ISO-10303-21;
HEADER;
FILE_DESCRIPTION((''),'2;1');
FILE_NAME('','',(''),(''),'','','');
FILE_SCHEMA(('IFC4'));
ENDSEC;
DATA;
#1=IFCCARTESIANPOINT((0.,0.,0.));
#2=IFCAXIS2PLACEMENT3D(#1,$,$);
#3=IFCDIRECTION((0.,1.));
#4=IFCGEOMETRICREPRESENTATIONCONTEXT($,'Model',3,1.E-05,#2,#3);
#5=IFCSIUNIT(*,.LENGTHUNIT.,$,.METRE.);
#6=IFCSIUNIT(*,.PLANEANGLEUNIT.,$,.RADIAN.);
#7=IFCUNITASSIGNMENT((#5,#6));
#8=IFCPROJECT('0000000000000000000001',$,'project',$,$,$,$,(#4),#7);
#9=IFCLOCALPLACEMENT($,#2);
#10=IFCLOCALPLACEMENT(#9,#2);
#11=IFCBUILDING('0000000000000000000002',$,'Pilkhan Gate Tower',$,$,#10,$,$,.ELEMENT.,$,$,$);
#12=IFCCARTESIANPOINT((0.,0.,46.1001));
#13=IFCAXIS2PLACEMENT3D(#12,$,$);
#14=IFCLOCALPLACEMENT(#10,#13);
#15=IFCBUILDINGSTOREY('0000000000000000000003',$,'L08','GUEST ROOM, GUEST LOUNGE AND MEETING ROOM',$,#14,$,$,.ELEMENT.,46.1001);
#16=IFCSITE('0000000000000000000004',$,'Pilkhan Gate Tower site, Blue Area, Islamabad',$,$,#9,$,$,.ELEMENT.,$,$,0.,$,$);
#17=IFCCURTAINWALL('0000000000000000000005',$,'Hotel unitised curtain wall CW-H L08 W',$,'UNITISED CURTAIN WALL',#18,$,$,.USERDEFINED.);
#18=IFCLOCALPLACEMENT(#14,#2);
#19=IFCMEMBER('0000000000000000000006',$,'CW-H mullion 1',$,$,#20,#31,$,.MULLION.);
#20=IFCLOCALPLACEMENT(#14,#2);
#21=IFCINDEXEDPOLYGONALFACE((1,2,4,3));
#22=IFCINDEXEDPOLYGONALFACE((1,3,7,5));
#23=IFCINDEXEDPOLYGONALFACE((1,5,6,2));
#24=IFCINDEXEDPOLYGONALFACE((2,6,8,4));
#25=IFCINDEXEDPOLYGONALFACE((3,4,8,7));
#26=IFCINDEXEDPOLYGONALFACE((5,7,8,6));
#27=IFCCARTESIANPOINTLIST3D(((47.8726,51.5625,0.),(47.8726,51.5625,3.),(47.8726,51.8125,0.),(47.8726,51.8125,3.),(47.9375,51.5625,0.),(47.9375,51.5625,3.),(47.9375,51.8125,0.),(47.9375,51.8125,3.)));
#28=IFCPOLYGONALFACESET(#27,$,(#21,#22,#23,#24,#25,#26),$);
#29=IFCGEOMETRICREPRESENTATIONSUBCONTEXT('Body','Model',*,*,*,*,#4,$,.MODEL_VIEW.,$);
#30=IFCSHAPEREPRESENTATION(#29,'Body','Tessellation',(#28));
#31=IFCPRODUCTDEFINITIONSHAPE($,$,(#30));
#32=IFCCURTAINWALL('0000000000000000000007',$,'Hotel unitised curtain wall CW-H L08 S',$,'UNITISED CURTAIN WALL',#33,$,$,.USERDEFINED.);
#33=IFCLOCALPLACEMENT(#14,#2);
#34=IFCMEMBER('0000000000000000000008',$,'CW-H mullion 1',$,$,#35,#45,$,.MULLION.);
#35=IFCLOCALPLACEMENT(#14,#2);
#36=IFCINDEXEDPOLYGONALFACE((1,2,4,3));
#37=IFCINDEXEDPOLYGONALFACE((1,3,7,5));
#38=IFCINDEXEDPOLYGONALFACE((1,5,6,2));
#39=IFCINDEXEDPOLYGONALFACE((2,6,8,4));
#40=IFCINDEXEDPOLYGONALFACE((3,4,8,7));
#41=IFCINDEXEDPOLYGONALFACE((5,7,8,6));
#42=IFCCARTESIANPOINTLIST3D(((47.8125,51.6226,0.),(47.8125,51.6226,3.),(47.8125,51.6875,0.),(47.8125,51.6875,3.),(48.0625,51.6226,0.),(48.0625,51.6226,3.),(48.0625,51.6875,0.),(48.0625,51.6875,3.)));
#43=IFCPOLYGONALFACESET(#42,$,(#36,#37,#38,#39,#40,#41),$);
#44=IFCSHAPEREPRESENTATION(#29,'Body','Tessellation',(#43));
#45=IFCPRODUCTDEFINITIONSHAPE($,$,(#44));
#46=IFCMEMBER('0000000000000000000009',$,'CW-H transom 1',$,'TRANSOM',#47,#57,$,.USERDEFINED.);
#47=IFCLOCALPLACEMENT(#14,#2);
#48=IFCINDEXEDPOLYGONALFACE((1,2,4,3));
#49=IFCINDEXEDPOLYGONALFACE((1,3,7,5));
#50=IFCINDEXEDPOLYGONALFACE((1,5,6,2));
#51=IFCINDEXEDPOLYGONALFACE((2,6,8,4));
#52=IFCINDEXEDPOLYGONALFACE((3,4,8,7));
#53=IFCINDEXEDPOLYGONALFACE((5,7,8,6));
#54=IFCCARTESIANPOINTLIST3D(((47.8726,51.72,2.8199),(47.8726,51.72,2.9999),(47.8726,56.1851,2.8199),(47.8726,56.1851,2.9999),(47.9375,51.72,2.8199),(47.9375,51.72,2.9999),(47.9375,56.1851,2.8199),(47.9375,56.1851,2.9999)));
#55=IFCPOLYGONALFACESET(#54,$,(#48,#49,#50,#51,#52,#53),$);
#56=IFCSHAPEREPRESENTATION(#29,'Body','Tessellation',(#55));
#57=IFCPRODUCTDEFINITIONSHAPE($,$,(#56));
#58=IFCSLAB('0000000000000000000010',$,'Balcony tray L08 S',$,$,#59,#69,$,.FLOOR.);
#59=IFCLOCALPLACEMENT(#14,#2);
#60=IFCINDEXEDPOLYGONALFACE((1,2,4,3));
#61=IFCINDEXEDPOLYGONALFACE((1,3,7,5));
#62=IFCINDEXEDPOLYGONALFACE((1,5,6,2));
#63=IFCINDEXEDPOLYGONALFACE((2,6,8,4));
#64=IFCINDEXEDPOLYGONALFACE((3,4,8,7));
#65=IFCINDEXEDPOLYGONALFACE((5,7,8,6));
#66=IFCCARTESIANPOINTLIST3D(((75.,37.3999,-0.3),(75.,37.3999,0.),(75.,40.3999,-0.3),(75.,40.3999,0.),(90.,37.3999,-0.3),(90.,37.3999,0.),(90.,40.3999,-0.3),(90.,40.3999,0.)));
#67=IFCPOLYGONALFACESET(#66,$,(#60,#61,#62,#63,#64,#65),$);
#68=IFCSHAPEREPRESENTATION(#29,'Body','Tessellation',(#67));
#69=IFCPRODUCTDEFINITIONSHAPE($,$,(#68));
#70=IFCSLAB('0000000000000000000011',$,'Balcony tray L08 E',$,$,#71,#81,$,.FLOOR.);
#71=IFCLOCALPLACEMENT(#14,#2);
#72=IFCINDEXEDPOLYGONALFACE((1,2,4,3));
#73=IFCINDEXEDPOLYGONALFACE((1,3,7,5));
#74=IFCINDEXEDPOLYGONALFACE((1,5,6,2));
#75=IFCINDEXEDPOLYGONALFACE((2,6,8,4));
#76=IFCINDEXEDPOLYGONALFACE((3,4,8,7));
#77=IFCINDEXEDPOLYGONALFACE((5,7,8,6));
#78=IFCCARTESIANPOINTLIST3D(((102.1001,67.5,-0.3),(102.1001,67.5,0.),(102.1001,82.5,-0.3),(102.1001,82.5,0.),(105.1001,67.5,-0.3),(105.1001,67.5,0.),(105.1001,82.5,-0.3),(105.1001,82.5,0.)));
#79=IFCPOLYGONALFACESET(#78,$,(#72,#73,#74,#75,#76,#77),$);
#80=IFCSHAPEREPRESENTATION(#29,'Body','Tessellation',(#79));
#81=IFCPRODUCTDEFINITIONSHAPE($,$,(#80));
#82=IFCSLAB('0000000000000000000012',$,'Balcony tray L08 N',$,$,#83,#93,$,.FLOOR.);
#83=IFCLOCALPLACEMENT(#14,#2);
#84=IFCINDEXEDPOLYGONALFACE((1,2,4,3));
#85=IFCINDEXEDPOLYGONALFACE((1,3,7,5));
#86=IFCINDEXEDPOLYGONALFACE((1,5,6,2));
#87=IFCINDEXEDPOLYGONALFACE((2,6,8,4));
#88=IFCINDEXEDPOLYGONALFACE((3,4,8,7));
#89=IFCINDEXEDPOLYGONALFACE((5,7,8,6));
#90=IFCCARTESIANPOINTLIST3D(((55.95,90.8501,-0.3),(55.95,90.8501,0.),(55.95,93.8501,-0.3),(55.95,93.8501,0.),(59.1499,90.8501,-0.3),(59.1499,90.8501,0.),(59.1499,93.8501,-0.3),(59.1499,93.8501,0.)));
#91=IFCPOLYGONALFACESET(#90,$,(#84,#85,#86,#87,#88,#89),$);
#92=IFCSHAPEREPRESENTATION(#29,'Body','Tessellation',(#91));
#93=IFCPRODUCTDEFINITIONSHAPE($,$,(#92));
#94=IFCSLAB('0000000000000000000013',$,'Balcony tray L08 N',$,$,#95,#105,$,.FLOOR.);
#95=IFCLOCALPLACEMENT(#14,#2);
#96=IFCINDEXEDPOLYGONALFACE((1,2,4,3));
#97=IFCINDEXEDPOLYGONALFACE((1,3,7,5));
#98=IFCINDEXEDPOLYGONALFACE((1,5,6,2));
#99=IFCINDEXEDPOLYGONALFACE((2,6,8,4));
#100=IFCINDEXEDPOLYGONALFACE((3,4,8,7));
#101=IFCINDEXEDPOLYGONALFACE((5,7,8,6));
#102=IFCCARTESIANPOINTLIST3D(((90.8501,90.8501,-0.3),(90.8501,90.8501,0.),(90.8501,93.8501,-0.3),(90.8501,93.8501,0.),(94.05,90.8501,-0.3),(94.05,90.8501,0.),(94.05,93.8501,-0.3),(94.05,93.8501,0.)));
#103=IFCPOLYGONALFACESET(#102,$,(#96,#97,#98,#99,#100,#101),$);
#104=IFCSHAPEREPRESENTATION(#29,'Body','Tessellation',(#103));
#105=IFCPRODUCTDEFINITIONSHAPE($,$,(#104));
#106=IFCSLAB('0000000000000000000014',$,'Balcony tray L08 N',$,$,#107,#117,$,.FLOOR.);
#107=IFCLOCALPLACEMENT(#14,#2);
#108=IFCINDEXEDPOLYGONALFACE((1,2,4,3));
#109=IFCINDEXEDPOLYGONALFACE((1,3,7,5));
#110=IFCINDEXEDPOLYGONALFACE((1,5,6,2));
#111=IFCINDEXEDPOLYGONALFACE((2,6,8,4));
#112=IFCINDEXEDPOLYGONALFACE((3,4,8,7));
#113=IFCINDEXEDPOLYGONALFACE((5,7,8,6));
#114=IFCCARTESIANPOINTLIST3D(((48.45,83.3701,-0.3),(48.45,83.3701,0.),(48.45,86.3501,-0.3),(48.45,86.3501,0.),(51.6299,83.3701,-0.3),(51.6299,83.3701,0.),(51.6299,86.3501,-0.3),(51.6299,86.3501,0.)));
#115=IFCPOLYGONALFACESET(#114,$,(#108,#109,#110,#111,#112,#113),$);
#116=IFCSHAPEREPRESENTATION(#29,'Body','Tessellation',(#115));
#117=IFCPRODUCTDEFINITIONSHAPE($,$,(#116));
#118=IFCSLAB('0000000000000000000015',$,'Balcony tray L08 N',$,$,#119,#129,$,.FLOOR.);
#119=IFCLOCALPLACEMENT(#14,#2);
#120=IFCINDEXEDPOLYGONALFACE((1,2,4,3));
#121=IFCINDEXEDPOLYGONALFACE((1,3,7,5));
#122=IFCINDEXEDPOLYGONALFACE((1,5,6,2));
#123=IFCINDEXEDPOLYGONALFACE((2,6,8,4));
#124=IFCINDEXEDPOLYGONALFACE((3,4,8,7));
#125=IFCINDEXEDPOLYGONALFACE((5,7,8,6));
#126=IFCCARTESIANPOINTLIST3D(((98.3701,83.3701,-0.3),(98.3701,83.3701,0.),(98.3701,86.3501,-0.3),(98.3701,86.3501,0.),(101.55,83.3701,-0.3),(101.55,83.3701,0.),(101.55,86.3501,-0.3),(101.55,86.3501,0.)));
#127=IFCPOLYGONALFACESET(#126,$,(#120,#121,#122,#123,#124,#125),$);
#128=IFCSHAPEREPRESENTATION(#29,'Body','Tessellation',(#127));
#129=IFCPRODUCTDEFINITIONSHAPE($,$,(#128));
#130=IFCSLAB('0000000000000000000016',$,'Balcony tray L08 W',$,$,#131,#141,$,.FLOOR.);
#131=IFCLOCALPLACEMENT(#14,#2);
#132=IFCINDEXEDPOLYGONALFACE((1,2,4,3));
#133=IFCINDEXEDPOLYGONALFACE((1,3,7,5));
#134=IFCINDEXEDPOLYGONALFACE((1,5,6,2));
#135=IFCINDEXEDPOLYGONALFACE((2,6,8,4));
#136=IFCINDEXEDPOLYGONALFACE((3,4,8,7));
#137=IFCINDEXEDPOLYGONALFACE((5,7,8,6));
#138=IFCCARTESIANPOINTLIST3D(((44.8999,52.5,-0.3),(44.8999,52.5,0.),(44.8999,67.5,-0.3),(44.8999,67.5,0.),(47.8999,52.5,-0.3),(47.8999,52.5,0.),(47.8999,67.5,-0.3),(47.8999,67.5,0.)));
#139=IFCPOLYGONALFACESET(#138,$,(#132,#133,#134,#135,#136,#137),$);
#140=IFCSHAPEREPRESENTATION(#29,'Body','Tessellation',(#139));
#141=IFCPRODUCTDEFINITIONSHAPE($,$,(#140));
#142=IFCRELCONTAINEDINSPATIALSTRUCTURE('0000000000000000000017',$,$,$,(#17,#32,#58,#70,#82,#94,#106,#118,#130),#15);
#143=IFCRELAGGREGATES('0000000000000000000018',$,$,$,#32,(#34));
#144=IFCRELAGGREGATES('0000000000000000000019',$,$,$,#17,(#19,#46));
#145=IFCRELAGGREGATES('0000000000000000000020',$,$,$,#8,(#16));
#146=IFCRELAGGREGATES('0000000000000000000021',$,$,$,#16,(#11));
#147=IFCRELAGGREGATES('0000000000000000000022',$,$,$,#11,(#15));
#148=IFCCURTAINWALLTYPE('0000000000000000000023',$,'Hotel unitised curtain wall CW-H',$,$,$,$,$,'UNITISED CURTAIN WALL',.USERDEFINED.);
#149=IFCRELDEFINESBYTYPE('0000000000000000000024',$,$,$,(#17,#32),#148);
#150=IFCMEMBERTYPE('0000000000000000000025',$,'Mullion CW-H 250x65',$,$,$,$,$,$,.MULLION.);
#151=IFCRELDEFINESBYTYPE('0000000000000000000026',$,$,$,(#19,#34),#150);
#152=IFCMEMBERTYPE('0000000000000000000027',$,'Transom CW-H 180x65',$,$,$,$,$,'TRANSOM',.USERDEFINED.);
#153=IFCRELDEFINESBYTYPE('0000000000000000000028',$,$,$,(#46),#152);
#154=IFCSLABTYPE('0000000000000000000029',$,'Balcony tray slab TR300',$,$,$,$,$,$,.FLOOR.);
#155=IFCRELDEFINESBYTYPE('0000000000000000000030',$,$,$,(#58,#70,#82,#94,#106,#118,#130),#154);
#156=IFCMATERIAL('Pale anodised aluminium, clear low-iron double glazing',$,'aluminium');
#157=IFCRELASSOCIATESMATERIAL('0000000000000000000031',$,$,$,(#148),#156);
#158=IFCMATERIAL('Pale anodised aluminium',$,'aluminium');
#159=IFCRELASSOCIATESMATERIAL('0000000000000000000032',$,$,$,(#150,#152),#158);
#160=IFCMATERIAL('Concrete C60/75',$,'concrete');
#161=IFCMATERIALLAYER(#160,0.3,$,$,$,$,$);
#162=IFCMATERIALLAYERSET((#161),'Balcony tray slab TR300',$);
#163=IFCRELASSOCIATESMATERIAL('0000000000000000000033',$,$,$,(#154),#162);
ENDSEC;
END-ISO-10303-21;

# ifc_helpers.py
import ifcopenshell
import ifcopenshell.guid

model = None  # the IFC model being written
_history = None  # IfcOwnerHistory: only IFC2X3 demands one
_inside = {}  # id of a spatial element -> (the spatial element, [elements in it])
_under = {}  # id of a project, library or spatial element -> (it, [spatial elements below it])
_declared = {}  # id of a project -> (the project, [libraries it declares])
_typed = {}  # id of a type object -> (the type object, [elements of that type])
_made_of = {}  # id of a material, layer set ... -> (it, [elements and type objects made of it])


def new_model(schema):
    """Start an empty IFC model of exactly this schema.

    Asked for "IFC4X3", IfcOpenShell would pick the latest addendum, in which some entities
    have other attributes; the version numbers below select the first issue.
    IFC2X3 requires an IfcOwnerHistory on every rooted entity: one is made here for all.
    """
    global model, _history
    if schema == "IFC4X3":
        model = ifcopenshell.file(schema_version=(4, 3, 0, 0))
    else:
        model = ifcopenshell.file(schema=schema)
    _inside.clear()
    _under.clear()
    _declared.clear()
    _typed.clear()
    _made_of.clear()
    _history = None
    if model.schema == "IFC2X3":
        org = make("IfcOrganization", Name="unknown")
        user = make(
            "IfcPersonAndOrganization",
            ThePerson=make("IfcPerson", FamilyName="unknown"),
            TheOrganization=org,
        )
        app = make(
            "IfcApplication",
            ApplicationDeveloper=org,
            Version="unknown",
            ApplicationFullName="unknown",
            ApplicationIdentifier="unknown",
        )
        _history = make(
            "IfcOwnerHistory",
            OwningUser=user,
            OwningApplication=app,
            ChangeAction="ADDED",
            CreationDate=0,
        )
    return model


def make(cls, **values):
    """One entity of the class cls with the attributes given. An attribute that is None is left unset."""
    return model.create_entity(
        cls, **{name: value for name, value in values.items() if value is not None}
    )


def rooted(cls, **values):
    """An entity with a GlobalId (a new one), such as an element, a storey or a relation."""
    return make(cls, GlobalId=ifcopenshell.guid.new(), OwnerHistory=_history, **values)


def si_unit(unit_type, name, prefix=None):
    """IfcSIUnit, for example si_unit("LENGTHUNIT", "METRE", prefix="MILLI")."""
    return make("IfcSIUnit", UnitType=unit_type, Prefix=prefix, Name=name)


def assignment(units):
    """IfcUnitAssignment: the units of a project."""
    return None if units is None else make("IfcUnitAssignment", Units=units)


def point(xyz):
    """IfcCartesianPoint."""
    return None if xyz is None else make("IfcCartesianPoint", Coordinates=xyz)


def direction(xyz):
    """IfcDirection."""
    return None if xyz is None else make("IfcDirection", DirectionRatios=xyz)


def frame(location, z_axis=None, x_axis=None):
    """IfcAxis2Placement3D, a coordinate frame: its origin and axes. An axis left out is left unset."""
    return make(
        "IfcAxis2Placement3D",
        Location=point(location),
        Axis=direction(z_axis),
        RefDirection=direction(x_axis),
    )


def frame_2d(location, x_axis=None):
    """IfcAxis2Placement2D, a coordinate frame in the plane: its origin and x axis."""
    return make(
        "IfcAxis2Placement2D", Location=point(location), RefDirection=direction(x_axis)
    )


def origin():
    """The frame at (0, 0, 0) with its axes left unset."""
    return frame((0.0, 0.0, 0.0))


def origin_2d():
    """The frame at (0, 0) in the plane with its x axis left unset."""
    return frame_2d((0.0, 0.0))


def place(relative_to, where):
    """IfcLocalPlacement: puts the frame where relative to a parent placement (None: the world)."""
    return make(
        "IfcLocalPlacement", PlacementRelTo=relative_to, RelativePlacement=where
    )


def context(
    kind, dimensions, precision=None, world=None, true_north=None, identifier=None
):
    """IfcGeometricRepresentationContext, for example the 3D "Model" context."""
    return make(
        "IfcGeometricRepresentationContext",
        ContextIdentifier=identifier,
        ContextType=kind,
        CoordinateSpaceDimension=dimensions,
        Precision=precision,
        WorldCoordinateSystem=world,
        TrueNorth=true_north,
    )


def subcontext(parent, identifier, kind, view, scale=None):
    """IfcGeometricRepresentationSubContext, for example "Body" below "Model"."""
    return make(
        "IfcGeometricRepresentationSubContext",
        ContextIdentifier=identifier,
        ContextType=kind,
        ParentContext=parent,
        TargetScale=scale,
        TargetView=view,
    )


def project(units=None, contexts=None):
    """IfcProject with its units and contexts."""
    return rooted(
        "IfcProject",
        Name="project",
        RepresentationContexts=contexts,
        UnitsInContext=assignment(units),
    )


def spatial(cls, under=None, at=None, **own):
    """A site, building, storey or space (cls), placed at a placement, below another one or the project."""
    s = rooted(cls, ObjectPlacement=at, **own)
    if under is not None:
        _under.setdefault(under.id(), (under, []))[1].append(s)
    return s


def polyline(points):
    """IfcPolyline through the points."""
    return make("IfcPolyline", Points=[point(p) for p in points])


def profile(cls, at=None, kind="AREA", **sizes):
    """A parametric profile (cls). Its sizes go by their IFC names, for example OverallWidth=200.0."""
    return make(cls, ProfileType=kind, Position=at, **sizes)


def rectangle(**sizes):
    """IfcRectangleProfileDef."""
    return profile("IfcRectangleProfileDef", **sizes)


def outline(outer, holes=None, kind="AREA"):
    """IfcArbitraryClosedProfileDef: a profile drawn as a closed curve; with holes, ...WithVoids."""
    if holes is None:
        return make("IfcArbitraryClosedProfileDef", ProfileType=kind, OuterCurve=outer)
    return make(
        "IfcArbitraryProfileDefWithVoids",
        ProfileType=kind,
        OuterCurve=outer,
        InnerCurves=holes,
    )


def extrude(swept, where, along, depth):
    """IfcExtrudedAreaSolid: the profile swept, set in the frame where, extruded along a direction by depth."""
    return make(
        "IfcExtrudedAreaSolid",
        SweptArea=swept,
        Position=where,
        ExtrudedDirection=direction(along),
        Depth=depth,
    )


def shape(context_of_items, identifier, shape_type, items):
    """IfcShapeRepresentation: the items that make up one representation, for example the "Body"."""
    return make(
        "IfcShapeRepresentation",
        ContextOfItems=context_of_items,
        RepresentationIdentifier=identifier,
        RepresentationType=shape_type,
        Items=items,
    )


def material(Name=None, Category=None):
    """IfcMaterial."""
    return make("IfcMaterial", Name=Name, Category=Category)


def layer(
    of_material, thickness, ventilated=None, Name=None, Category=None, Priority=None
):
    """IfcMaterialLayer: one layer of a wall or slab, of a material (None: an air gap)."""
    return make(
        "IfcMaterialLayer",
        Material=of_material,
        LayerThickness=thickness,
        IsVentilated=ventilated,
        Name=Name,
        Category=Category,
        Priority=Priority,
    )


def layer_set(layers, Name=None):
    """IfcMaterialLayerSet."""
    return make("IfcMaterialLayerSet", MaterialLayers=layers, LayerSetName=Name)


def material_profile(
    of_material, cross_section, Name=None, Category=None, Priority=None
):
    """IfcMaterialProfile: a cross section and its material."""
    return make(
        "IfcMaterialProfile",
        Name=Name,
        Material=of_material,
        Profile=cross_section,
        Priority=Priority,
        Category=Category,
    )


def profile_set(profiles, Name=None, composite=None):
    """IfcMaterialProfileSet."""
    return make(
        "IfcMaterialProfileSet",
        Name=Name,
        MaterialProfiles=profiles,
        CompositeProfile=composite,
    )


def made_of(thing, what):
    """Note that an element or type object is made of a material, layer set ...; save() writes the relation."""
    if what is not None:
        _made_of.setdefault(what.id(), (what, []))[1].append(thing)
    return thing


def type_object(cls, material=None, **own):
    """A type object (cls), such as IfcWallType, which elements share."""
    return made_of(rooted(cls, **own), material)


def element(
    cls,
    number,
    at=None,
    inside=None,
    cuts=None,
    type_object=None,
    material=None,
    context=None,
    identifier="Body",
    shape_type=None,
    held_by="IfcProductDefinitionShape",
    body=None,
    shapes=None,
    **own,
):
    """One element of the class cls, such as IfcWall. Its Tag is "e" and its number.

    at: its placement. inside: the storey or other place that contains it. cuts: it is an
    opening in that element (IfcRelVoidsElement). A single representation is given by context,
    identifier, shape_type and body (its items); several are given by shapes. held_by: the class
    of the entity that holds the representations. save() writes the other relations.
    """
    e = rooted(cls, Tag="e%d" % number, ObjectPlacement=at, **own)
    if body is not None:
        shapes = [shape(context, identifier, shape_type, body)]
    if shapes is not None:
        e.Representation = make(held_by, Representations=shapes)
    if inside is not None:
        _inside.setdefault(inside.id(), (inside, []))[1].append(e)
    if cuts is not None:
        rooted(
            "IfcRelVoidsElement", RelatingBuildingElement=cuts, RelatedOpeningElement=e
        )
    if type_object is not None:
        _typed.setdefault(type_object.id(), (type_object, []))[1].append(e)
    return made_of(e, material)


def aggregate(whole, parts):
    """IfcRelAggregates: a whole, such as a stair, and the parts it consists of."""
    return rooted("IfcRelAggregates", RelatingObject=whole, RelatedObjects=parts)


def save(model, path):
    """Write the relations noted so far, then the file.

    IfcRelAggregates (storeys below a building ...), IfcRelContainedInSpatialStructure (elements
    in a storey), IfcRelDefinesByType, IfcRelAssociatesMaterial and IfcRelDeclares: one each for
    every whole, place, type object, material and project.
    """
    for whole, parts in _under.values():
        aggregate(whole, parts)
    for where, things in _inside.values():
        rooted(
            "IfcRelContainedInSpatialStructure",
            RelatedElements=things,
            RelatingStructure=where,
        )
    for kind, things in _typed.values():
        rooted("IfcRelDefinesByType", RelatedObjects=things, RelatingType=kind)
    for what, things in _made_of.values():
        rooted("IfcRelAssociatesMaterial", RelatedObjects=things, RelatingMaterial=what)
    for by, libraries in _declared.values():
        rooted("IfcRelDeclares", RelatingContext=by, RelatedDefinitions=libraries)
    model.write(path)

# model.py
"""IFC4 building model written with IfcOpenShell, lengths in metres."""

from ifc_helpers import new_model, si_unit, direction, frame, origin, origin_2d, place, context, subcontext, project, spatial, polyline, rectangle, outline, extrude, material, layer, layer_set, material_profile, profile_set, type_object, element, aggregate, save


model = new_model("IFC4")

# Units and contexts
model_context = context("Model", 3, precision=1e-05, world=origin(), true_north=direction((0.0, 1.0)))
body_context = subcontext(model_context, "Body", "Model", "MODEL_VIEW")
ifc_project = project(units=[si_unit("LENGTHUNIT", "METRE"), si_unit("PLANEANGLEUNIT", "RADIAN")], contexts=[model_context])

# Site, building, storey
site_placement = place(None, origin())
site = spatial("IfcSite", under=ifc_project, at=site_placement, Name="Pilkhan Gate Tower site, Blue Area, Islamabad", CompositionType="ELEMENT", RefElevation=0.0)
building_placement = place(site_placement, origin())
building = spatial("IfcBuilding", under=site, at=building_placement, Name="Pilkhan Gate Tower", CompositionType="ELEMENT")
storey_placement = place(building_placement, frame((0.0, 0.0, 46.1001)))
storey = spatial("IfcBuildingStorey", under=building, at=storey_placement, Name="L08", Description="GUEST ROOM, GUEST LOUNGE AND MEETING ROOM", CompositionType="ELEMENT", Elevation=46.1001)

# Curtain walls, members
ifc_material_1 = material(Name="Pale anodised aluminium, clear low-iron double glazing", Category="aluminium")
curtain_wall_type = type_object("IfcCurtainWallType", Name="Hotel unitised curtain wall CW-H", ElementType="UNITISED CURTAIN WALL", PredefinedType="USERDEFINED", material=ifc_material_1)
curtain_wall_1_placement = place(storey_placement, origin())
curtain_wall_1 = element("IfcCurtainWall", 1, at=curtain_wall_1_placement, inside=storey, type_object=curtain_wall_type, Name="Hotel unitised curtain wall CW-H L08 W", ObjectType="UNITISED CURTAIN WALL", PredefinedType="USERDEFINED")
ifc_material_2 = material(Name="Pale anodised aluminium", Category="aluminium")
ifc_material_profile_1 = material_profile(ifc_material_2, rectangle(XDim=0.0649, YDim=0.25, at=origin_2d()), Name="Mullion 250x65")
ifc_profile_set_1 = profile_set([ifc_material_profile_1], Name="Pale anodised aluminium")
member_type_1 = type_object("IfcMemberType", Name="Mullion CW-H 250x65", PredefinedType="MULLION", material=ifc_profile_set_1)
member_1_placement = place(storey_placement, frame((47.905, 51.6875, 0.0), z_axis=(0.0, 0.0, 1.0), x_axis=(-1.0, 0.0, 0.0)))
member_1 = element("IfcMember", 2, at=member_1_placement, type_object=member_type_1, Name="CW-H mullion 1", PredefinedType="MULLION", context=body_context, shape_type="SweptSolid", body=[
    extrude(rectangle(XDim=0.0649, YDim=0.25, at=origin_2d()), origin(), (0.0, 0.0, 1.0), 3.0),
])
curtain_wall_2_placement = place(storey_placement, origin())
curtain_wall_2 = element("IfcCurtainWall", 3, at=curtain_wall_2_placement, inside=storey, type_object=curtain_wall_type, Name="Hotel unitised curtain wall CW-H L08 S", ObjectType="UNITISED CURTAIN WALL", PredefinedType="USERDEFINED")
member_2_placement = place(storey_placement, frame((47.9375, 51.655, 0.0), z_axis=(0.0, 0.0, 1.0), x_axis=(0.0, 1.0, 0.0)))
member_2 = element("IfcMember", 4, at=member_2_placement, type_object=member_type_1, Name="CW-H mullion 1", PredefinedType="MULLION", context=body_context, shape_type="SweptSolid", body=[
    extrude(rectangle(XDim=0.0649, YDim=0.25, at=origin_2d()), origin(), (0.0, 0.0, 1.0), 3.0),
])
aggregate(curtain_wall_2, [member_2])

# Member
ifc_material_profile_2 = material_profile(ifc_material_2, rectangle(XDim=0.0649, YDim=0.1799, at=origin_2d()), Name="Transom 180x65")
ifc_profile_set_2 = profile_set([ifc_material_profile_2], Name="Pale anodised aluminium")
member_type_2 = type_object("IfcMemberType", Name="Transom CW-H 180x65", ElementType="TRANSOM", PredefinedType="USERDEFINED", material=ifc_profile_set_2)
member_3_placement = place(storey_placement, frame((47.905, 51.72, 2.9099), z_axis=(0.0, 1.0, 0.0), x_axis=(-1.0, 0.0, 0.0)))
member_3 = element("IfcMember", 5, at=member_3_placement, type_object=member_type_2, Name="CW-H transom 1", ObjectType="TRANSOM", PredefinedType="USERDEFINED", context=body_context, shape_type="SweptSolid", body=[
    extrude(rectangle(XDim=0.0649, YDim=0.1799, at=origin_2d()), origin(), (0.0, 0.0, 1.0), 4.4651),
])
aggregate(curtain_wall_1, [member_1, member_3])

# Slabs
ifc_material_3 = material(Name="Concrete C60/75", Category="concrete")
ifc_layer_1 = layer(ifc_material_3, 0.3)
ifc_layer_set_1 = layer_set([ifc_layer_1], Name="Balcony tray slab TR300")
slab_type_1 = type_object("IfcSlabType", Name="Balcony tray slab TR300", PredefinedType="FLOOR", material=ifc_layer_set_1)
slab_1_placement = place(storey_placement, frame((0.0, 0.0, -0.3)))
element("IfcSlab", 6, at=slab_1_placement, inside=storey, type_object=slab_type_1, Name="Balcony tray L08 S", PredefinedType="FLOOR", context=body_context, shape_type="SweptSolid", body=[
    extrude(outline(polyline([(90.0, 37.3999), (90.0, 40.3999), (75.0, 40.3999), (75.0, 37.3999), (90.0, 37.3999)])), origin(), (0.0, 0.0, 1.0), 0.3),
])
slab_2_placement = place(storey_placement, frame((0.0, 0.0, -0.3)))
element("IfcSlab", 7, at=slab_2_placement, inside=storey, type_object=slab_type_1, Name="Balcony tray L08 E", PredefinedType="FLOOR", context=body_context, shape_type="SweptSolid", body=[
    extrude(outline(polyline([(105.1001, 67.5), (105.1001, 82.5), (102.1001, 82.5), (102.1001, 67.5), (105.1001, 67.5)])), origin(), (0.0, 0.0, 1.0), 0.3),
])
slab_3_placement = place(storey_placement, frame((0.0, 0.0, -0.3)))
element("IfcSlab", 8, at=slab_3_placement, inside=storey, type_object=slab_type_1, Name="Balcony tray L08 N", PredefinedType="FLOOR", context=body_context, shape_type="SweptSolid", body=[
    extrude(outline(polyline([(59.1499, 90.8501), (59.1499, 93.8501), (55.95, 93.8501), (55.95, 90.8501), (59.1499, 90.8501)])), origin(), (0.0, 0.0, 1.0), 0.3),
])
slab_4_placement = place(storey_placement, frame((0.0, 0.0, -0.3)))
element("IfcSlab", 9, at=slab_4_placement, inside=storey, type_object=slab_type_1, Name="Balcony tray L08 N", PredefinedType="FLOOR", context=body_context, shape_type="SweptSolid", body=[
    extrude(outline(polyline([(94.05, 90.8501), (94.05, 93.8501), (90.8501, 93.8501), (90.8501, 90.8501), (94.05, 90.8501)])), origin(), (0.0, 0.0, 1.0), 0.3),
])
slab_5_placement = place(storey_placement, frame((0.0, 0.0, -0.3)))
element("IfcSlab", 10, at=slab_5_placement, inside=storey, type_object=slab_type_1, Name="Balcony tray L08 N", PredefinedType="FLOOR", context=body_context, shape_type="SweptSolid", body=[
    extrude(outline(polyline([(51.6299, 83.3701), (51.6299, 86.3501), (48.45, 86.3501), (48.45, 83.3701), (51.6299, 83.3701)])), origin(), (0.0, 0.0, 1.0), 0.3),
])
slab_6_placement = place(storey_placement, frame((0.0, 0.0, -0.3)))
element("IfcSlab", 11, at=slab_6_placement, inside=storey, type_object=slab_type_1, Name="Balcony tray L08 N", PredefinedType="FLOOR", context=body_context, shape_type="SweptSolid", body=[
    extrude(outline(polyline([(101.55, 83.3701), (101.55, 86.3501), (98.3701, 86.3501), (98.3701, 83.3701), (101.55, 83.3701)])), origin(), (0.0, 0.0, 1.0), 0.3),
])
slab_7_placement = place(storey_placement, frame((0.0, 0.0, -0.3)))
element("IfcSlab", 12, at=slab_7_placement, inside=storey, type_object=slab_type_1, Name="Balcony tray L08 W", PredefinedType="FLOOR", context=body_context, shape_type="SweptSolid", body=[
    extrude(outline(polyline([(47.8999, 52.5), (47.8999, 67.5), (44.8999, 67.5), (44.8999, 52.5), (47.8999, 52.5)])), origin(), (0.0, 0.0, 1.0), 0.3),
])

save(model, "model.ifc")
